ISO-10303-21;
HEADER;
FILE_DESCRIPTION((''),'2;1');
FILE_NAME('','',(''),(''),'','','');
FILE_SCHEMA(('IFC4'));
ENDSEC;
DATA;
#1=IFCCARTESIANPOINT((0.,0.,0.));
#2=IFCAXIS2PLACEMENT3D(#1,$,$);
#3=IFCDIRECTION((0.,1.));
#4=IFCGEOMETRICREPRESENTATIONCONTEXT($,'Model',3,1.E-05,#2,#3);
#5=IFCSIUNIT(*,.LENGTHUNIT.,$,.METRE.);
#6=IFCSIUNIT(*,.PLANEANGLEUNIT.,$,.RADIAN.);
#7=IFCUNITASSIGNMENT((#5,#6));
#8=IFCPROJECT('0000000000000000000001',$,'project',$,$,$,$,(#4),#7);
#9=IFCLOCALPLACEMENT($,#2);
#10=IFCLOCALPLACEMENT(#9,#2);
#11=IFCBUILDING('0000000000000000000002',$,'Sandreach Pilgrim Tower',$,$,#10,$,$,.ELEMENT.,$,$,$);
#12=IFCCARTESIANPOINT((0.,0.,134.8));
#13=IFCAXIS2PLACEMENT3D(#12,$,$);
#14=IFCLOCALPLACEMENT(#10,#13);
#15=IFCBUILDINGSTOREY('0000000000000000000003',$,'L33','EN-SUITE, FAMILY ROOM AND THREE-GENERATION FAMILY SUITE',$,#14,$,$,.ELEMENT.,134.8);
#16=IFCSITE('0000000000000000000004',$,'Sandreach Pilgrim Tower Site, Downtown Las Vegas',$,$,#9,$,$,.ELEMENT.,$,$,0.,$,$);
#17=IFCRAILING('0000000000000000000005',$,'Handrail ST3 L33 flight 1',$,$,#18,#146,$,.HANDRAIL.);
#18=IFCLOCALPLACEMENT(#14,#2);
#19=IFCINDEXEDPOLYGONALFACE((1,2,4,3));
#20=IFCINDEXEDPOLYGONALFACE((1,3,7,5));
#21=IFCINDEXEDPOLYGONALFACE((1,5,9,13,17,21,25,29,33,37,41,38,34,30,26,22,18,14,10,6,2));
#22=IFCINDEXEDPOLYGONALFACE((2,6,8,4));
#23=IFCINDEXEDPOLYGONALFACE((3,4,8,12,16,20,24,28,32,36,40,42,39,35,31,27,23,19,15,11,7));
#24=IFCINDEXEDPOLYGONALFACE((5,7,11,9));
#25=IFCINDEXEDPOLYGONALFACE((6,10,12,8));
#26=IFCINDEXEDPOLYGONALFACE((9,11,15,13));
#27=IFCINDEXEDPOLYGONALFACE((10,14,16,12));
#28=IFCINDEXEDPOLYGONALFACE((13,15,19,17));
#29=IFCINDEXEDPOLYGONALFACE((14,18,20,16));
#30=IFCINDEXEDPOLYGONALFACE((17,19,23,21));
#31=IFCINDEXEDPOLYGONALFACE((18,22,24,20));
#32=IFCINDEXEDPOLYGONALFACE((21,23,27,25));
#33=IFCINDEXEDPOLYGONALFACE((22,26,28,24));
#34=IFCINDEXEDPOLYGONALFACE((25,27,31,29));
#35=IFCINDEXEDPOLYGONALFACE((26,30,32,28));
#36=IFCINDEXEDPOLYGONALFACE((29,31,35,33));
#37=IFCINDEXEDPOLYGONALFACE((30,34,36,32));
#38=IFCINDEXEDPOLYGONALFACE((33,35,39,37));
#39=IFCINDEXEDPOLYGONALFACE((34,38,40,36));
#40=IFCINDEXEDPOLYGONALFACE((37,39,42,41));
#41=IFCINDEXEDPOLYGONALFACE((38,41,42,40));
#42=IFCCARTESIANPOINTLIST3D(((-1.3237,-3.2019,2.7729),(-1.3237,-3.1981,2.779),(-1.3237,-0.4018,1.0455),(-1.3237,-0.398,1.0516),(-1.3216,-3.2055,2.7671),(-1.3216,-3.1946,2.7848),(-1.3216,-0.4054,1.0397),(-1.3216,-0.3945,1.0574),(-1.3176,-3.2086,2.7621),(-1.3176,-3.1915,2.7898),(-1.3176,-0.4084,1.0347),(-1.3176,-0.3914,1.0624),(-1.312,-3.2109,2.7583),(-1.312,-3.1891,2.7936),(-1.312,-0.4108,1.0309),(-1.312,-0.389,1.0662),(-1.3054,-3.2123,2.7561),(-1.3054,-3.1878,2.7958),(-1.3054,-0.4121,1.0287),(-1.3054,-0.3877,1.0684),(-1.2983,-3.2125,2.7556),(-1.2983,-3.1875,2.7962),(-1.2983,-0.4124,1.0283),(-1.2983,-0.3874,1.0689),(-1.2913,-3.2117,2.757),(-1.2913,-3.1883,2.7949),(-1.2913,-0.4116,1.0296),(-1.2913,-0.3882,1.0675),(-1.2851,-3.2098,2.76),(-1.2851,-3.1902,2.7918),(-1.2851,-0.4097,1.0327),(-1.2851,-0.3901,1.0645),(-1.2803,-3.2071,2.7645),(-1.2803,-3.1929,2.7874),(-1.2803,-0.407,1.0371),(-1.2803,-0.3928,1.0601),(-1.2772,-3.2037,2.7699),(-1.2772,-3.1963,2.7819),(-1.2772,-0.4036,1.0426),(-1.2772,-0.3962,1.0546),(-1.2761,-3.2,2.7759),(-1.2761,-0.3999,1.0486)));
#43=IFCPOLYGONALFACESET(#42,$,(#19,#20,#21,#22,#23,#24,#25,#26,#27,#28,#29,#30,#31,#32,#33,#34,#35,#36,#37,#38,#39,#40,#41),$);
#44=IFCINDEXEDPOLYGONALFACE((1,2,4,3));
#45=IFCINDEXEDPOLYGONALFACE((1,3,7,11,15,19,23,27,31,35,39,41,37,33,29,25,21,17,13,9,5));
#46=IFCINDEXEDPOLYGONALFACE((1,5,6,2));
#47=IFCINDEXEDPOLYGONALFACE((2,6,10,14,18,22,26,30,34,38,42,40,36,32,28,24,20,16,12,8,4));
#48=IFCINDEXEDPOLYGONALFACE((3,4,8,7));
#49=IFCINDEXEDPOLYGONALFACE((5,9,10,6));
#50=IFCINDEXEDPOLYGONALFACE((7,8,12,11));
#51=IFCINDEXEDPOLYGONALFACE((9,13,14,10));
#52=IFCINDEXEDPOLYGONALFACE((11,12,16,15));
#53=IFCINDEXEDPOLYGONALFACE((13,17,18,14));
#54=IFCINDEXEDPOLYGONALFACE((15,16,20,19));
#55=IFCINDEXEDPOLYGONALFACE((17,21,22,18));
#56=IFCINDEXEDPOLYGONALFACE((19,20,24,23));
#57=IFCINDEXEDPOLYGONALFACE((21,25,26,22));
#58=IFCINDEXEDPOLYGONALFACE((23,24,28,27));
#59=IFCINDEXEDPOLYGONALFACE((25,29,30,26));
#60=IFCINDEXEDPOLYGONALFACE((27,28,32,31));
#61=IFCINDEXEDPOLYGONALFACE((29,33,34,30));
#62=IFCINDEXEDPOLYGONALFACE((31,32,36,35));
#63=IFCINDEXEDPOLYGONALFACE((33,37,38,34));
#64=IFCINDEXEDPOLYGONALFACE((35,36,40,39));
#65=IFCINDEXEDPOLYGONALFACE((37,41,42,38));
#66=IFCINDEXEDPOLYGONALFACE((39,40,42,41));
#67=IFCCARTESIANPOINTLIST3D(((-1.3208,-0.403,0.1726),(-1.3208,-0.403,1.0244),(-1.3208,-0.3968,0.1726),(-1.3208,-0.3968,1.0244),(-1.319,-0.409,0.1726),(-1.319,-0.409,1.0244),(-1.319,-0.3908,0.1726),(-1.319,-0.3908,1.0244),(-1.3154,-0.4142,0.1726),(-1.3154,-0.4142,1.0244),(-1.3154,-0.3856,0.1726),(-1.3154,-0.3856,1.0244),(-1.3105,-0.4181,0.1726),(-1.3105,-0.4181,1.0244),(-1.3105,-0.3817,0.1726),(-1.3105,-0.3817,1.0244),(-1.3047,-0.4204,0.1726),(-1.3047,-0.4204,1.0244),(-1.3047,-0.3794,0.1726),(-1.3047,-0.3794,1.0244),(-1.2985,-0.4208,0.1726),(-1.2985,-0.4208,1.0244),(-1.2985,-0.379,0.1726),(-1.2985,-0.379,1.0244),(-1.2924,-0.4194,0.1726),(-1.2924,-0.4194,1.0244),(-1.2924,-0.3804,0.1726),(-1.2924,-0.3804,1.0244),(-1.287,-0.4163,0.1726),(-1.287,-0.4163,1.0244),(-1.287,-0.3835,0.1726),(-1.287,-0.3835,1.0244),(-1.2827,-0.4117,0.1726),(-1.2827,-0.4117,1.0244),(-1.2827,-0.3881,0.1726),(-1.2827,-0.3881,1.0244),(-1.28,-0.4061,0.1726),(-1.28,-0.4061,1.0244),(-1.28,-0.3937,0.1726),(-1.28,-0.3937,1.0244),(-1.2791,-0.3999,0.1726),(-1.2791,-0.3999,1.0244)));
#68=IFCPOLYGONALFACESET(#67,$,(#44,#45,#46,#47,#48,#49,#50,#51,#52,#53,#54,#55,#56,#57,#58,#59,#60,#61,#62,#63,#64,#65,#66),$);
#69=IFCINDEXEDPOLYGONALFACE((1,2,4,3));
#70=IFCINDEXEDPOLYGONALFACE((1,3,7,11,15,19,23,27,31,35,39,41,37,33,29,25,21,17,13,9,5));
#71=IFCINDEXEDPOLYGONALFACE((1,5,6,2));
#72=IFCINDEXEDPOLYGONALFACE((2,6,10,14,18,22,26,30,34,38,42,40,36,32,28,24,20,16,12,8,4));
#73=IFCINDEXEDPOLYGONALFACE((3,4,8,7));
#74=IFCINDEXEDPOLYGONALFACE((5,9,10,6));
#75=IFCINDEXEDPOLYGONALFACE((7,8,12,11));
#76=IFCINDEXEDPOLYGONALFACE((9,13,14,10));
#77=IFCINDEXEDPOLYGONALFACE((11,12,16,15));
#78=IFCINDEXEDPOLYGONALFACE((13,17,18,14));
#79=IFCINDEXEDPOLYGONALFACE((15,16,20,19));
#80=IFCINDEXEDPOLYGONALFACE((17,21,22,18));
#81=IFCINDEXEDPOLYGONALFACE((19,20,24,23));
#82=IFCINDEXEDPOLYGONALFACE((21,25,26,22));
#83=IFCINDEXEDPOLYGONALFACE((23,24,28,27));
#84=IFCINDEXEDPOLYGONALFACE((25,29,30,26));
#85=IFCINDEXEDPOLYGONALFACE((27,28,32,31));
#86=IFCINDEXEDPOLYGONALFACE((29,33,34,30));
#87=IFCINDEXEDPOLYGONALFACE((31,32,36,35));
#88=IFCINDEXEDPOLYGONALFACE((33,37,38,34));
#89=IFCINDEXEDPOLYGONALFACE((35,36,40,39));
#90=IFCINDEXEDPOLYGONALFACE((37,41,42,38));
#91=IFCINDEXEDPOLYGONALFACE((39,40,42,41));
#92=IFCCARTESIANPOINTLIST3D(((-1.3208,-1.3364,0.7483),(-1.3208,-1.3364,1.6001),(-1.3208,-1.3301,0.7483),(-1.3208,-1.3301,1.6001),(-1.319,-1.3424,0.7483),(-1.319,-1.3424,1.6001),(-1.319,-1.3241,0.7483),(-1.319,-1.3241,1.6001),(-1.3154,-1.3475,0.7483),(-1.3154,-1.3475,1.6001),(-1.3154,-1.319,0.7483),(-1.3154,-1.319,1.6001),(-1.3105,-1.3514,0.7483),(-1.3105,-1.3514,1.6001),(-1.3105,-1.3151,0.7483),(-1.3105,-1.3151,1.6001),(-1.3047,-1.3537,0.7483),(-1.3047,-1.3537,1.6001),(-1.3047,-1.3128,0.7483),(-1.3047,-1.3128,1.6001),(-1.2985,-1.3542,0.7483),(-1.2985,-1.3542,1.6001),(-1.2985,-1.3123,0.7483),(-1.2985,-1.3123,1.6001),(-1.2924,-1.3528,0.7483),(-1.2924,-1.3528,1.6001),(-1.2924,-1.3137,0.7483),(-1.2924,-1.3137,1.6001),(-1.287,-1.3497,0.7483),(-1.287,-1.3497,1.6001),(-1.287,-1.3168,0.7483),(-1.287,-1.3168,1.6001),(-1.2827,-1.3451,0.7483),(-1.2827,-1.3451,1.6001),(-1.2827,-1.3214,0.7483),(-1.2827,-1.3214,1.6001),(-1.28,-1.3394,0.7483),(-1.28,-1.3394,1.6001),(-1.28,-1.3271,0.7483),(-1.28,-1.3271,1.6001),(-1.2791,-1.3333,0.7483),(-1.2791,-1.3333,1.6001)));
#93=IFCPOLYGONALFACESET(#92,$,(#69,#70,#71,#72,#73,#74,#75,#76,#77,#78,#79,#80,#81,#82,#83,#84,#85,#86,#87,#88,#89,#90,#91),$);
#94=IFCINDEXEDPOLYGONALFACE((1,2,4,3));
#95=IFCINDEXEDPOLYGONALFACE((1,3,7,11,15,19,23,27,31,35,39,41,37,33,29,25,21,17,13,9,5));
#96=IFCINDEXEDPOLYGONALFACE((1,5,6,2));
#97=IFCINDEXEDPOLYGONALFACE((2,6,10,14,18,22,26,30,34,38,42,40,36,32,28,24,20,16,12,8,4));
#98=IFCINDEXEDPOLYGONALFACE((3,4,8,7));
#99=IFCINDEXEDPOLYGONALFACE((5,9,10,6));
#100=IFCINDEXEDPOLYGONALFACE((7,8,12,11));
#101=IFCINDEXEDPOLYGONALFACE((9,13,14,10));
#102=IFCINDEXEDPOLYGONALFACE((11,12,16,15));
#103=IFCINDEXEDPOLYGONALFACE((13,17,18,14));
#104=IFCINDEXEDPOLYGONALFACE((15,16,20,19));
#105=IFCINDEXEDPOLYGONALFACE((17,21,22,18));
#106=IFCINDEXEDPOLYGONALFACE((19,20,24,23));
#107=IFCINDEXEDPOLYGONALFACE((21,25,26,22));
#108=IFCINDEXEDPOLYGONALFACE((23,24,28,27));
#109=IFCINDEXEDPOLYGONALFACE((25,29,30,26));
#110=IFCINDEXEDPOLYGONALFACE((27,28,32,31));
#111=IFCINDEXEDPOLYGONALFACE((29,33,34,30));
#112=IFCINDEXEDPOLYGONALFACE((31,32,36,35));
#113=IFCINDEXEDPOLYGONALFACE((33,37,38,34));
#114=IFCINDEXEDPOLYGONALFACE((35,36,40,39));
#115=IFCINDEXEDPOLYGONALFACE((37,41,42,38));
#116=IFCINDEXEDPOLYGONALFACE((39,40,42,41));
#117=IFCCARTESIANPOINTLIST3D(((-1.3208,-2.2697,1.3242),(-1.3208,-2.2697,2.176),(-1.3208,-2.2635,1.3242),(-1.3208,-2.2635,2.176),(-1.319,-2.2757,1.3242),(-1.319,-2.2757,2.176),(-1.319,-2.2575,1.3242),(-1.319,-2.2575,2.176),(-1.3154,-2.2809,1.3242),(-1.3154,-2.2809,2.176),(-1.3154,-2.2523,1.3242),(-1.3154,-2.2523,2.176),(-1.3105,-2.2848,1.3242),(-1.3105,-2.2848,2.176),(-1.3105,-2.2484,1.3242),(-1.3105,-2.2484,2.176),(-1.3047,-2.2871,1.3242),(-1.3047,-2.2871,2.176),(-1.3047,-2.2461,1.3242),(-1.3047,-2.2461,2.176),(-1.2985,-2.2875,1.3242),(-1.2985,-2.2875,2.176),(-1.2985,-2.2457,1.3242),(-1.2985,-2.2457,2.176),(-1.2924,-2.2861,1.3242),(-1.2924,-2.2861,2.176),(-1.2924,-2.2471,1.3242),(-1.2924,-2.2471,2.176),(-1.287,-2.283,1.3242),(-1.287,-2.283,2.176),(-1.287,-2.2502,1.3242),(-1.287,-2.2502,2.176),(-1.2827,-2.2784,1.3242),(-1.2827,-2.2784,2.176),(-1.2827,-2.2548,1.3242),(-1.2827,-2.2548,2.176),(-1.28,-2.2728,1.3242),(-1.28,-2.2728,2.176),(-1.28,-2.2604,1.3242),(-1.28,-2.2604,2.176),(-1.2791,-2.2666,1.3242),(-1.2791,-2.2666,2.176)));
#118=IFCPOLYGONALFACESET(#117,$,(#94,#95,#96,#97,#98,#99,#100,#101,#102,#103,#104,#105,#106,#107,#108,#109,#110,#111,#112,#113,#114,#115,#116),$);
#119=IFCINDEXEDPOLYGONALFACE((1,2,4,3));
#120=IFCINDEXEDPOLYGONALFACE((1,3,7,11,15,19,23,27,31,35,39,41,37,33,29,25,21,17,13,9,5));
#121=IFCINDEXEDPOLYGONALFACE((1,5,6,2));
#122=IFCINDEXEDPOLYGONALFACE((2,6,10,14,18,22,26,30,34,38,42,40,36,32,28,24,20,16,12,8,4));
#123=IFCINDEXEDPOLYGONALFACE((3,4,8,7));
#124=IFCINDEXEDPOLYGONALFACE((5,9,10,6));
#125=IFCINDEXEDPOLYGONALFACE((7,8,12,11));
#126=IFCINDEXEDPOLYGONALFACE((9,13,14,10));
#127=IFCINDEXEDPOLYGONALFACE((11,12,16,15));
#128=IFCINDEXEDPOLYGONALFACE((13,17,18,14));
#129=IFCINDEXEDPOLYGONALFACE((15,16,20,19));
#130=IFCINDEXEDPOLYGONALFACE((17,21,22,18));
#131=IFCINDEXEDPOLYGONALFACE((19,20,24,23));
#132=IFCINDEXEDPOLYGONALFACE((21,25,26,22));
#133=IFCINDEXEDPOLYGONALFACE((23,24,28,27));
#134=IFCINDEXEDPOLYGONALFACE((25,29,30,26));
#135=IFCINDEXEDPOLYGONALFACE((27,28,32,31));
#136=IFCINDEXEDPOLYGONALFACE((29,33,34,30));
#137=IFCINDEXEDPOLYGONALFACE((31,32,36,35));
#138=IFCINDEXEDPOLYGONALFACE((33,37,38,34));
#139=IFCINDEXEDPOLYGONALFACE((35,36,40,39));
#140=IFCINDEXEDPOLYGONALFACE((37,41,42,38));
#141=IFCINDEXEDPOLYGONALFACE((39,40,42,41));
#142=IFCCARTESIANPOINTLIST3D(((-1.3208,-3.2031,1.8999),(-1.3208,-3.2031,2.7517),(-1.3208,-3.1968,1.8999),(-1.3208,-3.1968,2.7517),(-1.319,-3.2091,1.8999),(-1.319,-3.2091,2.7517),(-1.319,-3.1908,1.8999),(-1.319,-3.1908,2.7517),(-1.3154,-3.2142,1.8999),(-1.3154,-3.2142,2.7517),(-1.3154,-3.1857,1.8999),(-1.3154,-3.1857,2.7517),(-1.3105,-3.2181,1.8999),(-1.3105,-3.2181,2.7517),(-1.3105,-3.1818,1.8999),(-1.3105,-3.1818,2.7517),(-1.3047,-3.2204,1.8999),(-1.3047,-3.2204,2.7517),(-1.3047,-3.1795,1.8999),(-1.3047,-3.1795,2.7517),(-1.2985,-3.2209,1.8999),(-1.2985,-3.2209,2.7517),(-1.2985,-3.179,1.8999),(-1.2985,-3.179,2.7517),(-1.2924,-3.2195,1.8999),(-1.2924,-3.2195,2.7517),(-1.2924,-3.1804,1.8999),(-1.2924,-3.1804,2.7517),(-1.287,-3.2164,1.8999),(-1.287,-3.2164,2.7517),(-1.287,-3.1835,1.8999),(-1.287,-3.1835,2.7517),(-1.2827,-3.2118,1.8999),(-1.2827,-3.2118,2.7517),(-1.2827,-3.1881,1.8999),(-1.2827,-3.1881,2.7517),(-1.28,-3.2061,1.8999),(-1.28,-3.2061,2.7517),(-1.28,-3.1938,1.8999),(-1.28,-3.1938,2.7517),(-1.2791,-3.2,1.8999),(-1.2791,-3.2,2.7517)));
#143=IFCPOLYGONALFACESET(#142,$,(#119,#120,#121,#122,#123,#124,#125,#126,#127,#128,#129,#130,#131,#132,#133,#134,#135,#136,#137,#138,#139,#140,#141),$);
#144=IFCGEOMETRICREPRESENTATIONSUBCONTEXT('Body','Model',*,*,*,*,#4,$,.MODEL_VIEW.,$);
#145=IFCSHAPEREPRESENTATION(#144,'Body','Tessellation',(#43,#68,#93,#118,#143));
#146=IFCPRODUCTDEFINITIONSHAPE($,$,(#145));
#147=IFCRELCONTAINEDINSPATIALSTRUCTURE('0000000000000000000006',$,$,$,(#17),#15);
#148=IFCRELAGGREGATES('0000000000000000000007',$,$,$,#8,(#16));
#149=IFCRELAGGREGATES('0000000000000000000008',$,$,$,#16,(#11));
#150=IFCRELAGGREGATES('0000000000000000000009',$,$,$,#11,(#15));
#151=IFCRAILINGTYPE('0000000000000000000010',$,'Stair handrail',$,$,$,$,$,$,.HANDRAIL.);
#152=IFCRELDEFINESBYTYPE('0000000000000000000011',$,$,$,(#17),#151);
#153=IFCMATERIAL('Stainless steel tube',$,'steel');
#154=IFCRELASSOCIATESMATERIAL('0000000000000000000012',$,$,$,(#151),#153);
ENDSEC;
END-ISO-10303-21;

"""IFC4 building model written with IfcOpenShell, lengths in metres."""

from ifc_helpers import new_model, si_unit, direction, frame, origin, origin_2d, place, context, subcontext, project, spatial, circle, extrude, material, type_object, element, save


model = new_model("IFC4")

# Units and contexts
model_context = context("Model", 3, precision=1e-05, world=origin(), true_north=direction((0.0, 1.0)))
body_context = subcontext(model_context, "Body", "Model", "MODEL_VIEW")
ifc_project = project(units=[si_unit("LENGTHUNIT", "METRE"), si_unit("PLANEANGLEUNIT", "RADIAN")], contexts=[model_context])

# Site, building, storey
site_placement = place(None, origin())
site = spatial("IfcSite", under=ifc_project, at=site_placement, Name="Sandreach Pilgrim Tower Site, Downtown Las Vegas", CompositionType="ELEMENT", RefElevation=0.0)
building_placement = place(site_placement, origin())
building = spatial("IfcBuilding", under=site, at=building_placement, Name="Sandreach Pilgrim Tower", CompositionType="ELEMENT")
storey_placement = place(building_placement, frame((0.0, 0.0, 134.8)))
storey = spatial("IfcBuildingStorey", under=building, at=storey_placement, Name="L33", Description="EN-SUITE, FAMILY ROOM AND THREE-GENERATION FAMILY SUITE", CompositionType="ELEMENT", Elevation=134.8)

# Railing
ifc_material_1 = material(Name="Stainless steel tube", Category="steel")
railing_type = type_object("IfcRailingType", Name="Stair handrail", PredefinedType="HANDRAIL", material=ifc_material_1)
railing_placement = place(storey_placement, frame((-1.3, -0.3999, 0.1726)))
element("IfcRailing", 1, at=railing_placement, inside=storey, type_object=railing_type, Name="Handrail ST3 L33 flight 1", PredefinedType="HANDRAIL", context=body_context, shape_type="SweptSolid", body=[
    extrude(circle(Radius=0.0239, at=origin_2d()), frame((0.0, 0.0, 0.876), z_axis=(0.0, -0.85109, 0.52502), x_axis=(1.0, 0.0, 0.0)), (0.0, 0.0, 1.0), 3.29),
    extrude(circle(Radius=0.021, at=origin_2d()), origin(), (0.0, 0.0, 1.0), 0.8518),
    extrude(circle(Radius=0.021, at=origin_2d()), frame((0.0, -0.9333, 0.5757)), (0.0, 0.0, 1.0), 0.8518),
    extrude(circle(Radius=0.021, at=origin_2d()), frame((0.0, -1.8667, 1.1516)), (0.0, 0.0, 1.0), 0.8518),
    extrude(circle(Radius=0.021, at=origin_2d()), frame((0.0, -2.8, 1.7273)), (0.0, 0.0, 1.0), 0.8518),
])

save(model, "model.ifc")
